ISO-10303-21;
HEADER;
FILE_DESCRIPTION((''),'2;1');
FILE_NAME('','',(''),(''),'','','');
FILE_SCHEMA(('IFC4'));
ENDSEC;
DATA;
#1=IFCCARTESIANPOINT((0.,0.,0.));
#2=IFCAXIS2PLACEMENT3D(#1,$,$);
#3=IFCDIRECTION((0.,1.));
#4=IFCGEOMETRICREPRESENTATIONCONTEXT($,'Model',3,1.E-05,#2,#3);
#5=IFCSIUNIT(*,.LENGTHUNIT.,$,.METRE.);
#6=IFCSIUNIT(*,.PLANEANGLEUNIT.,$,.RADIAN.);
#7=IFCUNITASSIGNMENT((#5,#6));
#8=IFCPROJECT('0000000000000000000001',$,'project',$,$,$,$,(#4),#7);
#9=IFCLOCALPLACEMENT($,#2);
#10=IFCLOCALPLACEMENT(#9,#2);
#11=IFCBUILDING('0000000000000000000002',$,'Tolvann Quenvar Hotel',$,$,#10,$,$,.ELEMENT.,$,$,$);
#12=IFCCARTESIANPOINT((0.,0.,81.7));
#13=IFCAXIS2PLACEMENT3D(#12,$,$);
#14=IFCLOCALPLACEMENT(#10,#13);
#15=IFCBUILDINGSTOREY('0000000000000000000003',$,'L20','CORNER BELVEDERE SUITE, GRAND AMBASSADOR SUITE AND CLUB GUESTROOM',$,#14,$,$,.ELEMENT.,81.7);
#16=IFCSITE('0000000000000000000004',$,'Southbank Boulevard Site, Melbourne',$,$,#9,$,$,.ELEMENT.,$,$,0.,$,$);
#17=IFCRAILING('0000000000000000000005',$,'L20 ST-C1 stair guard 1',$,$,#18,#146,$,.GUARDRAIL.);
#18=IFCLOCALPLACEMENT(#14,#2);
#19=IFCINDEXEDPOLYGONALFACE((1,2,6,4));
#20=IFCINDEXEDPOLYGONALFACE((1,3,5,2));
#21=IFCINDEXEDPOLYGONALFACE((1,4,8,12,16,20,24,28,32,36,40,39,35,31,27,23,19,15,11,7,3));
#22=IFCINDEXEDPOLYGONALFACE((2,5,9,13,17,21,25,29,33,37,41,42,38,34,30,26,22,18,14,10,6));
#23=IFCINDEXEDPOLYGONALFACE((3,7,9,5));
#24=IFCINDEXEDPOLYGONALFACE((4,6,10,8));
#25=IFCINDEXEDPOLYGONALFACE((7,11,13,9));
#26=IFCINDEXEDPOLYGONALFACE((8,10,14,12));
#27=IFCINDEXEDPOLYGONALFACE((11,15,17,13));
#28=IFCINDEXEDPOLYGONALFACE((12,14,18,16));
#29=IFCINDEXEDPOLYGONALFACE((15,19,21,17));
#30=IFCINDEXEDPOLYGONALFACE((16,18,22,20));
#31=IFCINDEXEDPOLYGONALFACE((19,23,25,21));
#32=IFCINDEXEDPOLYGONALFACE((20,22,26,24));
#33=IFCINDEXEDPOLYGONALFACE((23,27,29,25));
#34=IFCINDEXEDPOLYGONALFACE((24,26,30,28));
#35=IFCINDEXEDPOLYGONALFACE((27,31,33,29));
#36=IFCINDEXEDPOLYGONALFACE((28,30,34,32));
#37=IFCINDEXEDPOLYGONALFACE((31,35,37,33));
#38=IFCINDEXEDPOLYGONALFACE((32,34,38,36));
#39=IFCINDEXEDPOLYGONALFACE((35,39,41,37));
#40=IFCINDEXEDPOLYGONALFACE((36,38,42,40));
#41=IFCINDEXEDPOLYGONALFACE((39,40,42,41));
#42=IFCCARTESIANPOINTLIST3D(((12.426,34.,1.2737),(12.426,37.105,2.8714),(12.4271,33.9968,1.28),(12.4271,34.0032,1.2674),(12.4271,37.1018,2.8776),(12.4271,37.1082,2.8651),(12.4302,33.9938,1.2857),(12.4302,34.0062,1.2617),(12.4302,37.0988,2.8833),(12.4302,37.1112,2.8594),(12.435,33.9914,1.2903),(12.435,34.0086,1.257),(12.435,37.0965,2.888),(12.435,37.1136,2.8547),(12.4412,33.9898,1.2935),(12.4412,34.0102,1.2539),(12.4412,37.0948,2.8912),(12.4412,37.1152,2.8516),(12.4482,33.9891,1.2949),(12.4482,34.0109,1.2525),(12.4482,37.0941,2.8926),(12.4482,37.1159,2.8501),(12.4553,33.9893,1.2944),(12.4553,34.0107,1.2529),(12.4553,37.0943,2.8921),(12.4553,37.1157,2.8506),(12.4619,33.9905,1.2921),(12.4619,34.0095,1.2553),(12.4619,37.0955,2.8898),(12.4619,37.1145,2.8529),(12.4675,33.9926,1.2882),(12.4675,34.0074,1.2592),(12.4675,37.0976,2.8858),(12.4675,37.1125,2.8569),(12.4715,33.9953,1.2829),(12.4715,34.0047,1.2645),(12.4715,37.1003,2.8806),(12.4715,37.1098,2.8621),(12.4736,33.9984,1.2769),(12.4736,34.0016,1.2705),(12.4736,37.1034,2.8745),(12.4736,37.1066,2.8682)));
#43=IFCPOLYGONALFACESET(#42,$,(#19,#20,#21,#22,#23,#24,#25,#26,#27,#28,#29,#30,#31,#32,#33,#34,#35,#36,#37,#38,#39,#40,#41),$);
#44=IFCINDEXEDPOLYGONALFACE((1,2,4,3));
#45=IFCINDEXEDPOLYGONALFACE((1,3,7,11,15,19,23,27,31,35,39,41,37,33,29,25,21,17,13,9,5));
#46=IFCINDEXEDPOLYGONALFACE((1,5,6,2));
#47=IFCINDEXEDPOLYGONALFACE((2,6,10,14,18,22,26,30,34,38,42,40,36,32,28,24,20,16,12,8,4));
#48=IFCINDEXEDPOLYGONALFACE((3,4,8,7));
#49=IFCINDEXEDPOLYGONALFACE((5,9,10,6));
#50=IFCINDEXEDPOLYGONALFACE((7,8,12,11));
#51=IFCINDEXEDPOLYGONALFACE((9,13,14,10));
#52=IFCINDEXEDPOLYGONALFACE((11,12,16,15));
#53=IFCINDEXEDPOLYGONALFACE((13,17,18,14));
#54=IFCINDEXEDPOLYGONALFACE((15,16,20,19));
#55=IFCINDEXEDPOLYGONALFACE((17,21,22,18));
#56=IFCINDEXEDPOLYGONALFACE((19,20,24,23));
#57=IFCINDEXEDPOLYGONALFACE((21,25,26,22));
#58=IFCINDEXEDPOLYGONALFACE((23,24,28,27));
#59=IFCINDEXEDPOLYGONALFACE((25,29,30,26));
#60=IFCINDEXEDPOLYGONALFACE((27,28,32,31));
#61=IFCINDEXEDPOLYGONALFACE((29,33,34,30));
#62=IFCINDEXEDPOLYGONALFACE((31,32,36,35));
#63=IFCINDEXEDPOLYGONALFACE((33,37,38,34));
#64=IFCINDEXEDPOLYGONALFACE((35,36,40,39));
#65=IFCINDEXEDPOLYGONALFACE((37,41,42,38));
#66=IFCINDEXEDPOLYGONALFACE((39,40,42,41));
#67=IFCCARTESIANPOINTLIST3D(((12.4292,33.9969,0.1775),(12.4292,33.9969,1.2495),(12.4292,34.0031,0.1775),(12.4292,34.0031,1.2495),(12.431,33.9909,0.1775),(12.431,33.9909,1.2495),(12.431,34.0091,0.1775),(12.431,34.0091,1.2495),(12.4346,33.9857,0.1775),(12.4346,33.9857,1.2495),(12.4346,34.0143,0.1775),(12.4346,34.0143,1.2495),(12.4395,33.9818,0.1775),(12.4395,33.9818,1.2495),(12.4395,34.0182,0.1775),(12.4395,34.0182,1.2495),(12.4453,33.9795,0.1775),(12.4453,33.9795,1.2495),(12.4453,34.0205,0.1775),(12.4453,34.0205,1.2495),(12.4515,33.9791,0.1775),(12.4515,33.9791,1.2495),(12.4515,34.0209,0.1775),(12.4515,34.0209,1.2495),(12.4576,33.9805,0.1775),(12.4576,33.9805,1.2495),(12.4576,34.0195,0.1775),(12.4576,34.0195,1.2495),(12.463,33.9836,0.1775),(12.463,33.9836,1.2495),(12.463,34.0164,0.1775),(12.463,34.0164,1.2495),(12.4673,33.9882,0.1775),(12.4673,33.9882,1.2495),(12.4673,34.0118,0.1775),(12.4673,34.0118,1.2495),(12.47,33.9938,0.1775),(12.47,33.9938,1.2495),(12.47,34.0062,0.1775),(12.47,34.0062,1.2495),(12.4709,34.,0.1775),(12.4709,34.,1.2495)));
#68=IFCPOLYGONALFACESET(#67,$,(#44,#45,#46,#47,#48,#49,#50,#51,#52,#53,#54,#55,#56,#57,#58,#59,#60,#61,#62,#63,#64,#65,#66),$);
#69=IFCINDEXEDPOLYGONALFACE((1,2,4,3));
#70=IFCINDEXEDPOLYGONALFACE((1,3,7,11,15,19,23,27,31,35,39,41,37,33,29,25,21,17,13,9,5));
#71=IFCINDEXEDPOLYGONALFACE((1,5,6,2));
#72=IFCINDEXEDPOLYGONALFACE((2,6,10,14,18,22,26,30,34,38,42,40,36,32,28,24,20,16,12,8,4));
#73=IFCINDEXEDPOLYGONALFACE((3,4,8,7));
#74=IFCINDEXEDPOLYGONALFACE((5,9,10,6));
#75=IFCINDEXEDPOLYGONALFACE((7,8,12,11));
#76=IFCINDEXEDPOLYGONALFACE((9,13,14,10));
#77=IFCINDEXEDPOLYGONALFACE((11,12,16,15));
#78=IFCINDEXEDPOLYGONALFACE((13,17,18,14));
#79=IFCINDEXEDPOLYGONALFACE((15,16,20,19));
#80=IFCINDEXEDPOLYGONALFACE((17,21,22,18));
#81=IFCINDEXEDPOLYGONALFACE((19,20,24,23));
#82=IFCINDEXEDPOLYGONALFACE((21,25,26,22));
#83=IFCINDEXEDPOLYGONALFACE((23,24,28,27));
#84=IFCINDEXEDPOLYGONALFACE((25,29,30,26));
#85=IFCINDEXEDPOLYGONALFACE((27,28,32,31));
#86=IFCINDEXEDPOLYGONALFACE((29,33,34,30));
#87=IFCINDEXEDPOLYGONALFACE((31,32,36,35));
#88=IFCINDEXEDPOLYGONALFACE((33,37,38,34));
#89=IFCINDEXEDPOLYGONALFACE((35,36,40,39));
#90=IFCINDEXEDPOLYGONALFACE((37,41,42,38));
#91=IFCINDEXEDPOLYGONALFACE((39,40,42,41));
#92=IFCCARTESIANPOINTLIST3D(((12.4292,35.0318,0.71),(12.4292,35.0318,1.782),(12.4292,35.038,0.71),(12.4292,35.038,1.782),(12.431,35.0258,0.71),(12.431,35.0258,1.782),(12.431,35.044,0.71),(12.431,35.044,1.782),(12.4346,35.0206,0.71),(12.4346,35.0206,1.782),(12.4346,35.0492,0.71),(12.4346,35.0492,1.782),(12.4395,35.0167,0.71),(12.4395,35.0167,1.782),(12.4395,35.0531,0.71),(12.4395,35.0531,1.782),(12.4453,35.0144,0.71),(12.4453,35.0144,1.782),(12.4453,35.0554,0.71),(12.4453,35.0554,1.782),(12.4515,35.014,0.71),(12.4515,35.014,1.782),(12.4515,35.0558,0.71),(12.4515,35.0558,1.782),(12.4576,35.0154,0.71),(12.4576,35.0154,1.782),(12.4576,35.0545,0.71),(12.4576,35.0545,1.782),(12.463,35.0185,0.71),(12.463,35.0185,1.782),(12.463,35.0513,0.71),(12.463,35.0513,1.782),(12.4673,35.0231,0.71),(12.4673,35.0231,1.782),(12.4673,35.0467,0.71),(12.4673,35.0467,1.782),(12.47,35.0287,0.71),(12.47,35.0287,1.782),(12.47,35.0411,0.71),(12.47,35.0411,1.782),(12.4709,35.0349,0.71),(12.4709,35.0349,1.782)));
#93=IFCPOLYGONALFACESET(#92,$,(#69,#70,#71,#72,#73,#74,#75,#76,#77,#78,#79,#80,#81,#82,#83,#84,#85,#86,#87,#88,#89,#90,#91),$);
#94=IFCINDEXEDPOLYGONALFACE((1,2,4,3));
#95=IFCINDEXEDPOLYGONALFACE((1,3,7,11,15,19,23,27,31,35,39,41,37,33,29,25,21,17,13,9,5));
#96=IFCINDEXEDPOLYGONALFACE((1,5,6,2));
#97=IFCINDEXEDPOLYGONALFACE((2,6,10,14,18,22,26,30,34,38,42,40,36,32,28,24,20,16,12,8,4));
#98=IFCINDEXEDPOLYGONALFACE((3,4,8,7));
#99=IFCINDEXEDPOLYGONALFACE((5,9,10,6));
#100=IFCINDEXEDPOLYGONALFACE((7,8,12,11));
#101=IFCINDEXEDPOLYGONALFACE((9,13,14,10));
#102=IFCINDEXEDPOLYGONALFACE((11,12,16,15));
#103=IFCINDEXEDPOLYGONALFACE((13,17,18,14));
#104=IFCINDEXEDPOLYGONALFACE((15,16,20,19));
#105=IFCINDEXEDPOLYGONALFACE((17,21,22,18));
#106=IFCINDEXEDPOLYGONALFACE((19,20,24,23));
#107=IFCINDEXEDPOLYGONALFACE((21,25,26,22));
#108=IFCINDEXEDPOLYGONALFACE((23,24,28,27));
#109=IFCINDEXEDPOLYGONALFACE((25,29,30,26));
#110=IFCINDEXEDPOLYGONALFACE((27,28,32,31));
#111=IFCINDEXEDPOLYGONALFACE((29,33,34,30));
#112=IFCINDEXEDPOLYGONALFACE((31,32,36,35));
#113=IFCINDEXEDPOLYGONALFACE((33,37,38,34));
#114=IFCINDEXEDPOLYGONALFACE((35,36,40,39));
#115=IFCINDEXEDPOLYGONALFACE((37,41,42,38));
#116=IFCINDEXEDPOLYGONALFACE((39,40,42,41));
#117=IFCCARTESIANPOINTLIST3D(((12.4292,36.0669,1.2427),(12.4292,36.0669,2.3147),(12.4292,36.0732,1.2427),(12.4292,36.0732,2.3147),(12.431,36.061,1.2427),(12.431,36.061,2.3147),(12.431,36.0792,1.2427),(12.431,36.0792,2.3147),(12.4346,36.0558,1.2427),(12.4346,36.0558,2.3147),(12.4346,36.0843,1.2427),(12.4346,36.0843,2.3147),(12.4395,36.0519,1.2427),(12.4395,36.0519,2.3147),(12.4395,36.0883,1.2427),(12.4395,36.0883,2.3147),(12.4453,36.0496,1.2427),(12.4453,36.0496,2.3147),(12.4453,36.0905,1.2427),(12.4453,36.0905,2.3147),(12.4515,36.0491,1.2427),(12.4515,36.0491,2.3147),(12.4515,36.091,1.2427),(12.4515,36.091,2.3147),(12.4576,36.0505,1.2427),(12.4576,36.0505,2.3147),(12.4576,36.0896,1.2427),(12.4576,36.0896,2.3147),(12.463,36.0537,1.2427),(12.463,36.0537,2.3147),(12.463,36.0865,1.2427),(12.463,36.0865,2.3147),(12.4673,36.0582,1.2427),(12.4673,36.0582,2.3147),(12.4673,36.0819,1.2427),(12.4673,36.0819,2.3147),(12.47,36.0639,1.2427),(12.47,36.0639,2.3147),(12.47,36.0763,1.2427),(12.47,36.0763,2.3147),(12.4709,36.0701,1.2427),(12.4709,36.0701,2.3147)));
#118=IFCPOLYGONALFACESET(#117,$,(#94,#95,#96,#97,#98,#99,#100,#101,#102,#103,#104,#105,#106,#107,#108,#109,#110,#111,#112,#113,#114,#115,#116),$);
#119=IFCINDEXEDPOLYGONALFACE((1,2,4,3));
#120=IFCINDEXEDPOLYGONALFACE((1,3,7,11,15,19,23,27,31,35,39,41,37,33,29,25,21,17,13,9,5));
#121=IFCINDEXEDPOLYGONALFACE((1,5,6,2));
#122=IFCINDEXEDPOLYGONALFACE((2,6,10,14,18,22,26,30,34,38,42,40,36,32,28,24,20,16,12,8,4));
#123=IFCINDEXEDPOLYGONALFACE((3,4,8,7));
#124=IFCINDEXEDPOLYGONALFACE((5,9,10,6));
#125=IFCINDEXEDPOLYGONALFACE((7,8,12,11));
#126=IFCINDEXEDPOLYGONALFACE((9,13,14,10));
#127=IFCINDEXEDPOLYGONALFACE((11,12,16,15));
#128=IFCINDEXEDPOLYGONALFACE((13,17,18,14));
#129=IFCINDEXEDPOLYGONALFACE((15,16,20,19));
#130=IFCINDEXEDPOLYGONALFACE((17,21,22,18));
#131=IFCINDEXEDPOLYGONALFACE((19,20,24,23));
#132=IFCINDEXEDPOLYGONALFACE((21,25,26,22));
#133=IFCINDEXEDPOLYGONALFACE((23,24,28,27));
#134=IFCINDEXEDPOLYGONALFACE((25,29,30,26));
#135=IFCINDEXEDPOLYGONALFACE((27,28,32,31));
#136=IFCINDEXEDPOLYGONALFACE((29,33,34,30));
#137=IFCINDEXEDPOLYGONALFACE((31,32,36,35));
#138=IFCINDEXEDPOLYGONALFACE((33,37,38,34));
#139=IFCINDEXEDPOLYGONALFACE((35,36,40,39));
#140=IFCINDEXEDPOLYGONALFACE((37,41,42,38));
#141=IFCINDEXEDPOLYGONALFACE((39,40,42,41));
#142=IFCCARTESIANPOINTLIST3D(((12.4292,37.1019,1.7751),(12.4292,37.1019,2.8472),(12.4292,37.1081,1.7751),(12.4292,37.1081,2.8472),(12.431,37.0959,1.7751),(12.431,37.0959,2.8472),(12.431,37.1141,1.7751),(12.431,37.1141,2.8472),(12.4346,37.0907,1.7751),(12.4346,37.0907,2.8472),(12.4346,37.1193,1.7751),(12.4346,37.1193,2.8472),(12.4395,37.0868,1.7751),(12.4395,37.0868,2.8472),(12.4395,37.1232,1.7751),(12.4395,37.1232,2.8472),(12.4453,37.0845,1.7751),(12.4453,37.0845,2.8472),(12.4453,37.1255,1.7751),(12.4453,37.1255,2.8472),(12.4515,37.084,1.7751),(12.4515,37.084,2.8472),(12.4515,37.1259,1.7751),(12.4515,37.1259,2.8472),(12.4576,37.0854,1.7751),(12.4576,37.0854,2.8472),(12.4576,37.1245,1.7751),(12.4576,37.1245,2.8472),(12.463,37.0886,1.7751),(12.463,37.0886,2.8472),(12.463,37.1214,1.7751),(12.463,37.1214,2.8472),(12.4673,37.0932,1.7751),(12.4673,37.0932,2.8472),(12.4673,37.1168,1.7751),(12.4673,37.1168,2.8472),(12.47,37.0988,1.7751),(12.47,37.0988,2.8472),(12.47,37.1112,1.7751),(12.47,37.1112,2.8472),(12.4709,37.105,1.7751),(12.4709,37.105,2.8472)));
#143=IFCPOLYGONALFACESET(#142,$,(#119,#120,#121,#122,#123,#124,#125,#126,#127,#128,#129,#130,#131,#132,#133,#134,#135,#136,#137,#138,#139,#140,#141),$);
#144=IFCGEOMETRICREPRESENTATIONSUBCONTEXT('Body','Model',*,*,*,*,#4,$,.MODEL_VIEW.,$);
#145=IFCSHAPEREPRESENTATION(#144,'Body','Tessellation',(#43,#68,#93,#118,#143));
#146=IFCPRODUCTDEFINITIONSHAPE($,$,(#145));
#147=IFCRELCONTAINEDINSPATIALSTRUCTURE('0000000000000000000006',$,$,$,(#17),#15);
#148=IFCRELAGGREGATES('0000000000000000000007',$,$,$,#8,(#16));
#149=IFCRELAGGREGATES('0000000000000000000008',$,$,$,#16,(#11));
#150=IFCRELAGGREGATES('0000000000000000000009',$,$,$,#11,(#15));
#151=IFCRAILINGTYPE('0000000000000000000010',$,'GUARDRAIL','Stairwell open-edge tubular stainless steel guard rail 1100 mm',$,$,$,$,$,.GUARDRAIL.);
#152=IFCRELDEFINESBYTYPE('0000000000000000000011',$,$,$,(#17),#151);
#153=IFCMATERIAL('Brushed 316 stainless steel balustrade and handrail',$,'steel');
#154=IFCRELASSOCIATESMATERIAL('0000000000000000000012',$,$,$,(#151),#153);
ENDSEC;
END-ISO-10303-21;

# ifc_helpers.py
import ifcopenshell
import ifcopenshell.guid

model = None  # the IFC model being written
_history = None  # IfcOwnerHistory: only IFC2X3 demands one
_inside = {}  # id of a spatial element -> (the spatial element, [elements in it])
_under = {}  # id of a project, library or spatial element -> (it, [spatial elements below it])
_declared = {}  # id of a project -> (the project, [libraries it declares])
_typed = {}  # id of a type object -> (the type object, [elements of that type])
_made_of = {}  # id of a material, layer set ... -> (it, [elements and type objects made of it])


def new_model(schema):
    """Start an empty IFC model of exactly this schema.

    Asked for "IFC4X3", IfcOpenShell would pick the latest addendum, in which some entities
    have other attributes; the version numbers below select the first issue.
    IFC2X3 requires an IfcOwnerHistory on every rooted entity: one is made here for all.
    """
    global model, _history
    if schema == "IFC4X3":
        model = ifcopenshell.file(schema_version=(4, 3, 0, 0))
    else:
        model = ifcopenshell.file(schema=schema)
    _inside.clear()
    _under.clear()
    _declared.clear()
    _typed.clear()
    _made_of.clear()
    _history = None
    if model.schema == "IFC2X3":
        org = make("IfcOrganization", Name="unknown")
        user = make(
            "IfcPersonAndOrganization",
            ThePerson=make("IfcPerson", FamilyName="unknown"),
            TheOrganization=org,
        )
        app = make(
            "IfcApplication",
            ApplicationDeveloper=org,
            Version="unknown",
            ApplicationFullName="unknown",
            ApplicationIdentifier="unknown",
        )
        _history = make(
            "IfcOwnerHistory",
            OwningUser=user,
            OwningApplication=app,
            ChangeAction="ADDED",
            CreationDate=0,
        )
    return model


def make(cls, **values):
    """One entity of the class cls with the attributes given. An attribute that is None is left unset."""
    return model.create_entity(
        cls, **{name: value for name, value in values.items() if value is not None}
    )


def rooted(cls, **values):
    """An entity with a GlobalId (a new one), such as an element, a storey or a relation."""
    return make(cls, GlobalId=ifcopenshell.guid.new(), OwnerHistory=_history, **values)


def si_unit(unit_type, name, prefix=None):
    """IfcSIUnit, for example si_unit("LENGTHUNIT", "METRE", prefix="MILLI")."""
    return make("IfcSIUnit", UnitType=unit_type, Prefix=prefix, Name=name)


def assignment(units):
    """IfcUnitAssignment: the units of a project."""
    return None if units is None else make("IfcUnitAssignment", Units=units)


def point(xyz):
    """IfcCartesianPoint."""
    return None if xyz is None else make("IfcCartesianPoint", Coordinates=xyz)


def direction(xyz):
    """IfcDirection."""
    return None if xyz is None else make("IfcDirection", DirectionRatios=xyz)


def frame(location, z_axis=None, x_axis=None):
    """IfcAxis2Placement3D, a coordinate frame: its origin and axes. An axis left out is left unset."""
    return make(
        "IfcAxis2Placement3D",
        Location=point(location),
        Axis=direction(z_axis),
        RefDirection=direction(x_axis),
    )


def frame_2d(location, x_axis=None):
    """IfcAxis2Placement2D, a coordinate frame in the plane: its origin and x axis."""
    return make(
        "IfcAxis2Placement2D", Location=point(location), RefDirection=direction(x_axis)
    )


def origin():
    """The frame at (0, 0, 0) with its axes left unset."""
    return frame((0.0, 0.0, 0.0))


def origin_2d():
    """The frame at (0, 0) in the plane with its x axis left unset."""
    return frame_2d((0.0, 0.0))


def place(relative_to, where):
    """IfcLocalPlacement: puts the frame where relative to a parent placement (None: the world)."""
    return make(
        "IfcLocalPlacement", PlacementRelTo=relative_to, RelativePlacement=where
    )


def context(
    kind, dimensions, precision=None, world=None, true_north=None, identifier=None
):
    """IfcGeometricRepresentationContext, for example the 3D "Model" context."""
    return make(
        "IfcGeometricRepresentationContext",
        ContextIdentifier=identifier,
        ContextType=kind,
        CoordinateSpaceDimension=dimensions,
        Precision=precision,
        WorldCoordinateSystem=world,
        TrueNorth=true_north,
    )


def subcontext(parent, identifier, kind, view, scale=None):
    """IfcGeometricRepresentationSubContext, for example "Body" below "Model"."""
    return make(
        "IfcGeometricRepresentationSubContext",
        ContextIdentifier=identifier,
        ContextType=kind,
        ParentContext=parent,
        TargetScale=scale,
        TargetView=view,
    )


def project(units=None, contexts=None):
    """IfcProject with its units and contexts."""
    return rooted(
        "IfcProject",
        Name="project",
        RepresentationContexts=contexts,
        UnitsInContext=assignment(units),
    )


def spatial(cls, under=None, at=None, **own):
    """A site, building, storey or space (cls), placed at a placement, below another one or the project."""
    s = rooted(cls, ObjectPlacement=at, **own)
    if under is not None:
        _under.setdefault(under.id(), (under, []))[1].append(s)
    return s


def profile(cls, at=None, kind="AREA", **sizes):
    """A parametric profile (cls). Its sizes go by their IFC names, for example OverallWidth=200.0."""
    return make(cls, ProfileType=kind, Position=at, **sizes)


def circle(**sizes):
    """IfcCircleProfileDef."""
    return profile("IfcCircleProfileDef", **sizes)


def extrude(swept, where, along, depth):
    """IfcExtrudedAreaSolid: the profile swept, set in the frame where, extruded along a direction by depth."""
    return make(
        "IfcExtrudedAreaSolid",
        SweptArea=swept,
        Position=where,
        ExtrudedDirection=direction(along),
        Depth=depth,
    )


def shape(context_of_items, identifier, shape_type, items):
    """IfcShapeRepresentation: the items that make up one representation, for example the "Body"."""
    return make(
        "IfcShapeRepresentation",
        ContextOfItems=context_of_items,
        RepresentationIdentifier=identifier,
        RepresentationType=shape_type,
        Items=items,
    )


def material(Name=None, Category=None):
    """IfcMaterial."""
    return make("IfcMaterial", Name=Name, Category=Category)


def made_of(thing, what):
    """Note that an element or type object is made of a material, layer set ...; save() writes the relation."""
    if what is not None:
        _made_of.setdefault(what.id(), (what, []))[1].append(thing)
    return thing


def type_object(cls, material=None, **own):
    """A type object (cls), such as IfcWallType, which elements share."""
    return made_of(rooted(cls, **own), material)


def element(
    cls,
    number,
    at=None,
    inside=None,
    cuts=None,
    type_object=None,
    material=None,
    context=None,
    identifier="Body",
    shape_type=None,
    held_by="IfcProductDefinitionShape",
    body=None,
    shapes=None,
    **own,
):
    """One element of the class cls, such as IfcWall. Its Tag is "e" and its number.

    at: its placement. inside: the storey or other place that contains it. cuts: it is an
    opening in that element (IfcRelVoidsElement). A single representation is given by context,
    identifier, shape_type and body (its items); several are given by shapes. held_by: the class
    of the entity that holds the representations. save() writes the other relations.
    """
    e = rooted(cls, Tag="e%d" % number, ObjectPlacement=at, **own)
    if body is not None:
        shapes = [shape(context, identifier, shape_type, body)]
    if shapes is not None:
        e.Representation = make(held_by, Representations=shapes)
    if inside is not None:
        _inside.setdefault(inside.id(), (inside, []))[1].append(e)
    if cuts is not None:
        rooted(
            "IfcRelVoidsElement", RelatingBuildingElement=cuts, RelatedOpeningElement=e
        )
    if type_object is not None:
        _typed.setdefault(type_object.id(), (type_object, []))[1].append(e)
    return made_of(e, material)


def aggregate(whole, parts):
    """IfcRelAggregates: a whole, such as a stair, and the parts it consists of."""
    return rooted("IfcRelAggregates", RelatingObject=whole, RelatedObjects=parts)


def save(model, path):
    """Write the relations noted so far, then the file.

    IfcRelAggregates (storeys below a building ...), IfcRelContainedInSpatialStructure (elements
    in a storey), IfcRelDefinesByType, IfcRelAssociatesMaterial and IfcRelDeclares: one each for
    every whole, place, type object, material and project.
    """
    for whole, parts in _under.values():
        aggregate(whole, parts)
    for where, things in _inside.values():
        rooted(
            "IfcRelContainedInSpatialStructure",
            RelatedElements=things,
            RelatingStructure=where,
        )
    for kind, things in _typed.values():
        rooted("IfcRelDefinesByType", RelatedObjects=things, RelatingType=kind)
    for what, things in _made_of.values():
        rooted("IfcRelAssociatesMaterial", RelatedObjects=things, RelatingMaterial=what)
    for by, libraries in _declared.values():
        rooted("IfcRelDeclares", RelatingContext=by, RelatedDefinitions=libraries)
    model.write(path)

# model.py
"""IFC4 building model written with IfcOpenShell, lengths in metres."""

from ifc_helpers import new_model, si_unit, direction, frame, origin, origin_2d, place, context, subcontext, project, spatial, circle, extrude, material, type_object, element, save


model = new_model("IFC4")

# Units and contexts
model_context = context("Model", 3, precision=1e-05, world=origin(), true_north=direction((0.0, 1.0)))
body_context = subcontext(model_context, "Body", "Model", "MODEL_VIEW")
ifc_project = project(units=[si_unit("LENGTHUNIT", "METRE"), si_unit("PLANEANGLEUNIT", "RADIAN")], contexts=[model_context])

# Site, building, storey
site_placement = place(None, origin())
site = spatial("IfcSite", under=ifc_project, at=site_placement, Name="Southbank Boulevard Site, Melbourne", CompositionType="ELEMENT", RefElevation=0.0)
building_placement = place(site_placement, origin())
building = spatial("IfcBuilding", under=site, at=building_placement, Name="Tolvann Quenvar Hotel", CompositionType="ELEMENT")
storey_placement = place(building_placement, frame((0.0, 0.0, 81.7)))
storey = spatial("IfcBuildingStorey", under=building, at=storey_placement, Name="L20", Description="CORNER BELVEDERE SUITE, GRAND AMBASSADOR SUITE AND CLUB GUESTROOM", CompositionType="ELEMENT", Elevation=81.7)

# Railing
ifc_material_1 = material(Name="Brushed 316 stainless steel balustrade and handrail", Category="steel")
railing_type_1 = type_object("IfcRailingType", Name="GUARDRAIL", Description="Stairwell open-edge tubular stainless steel guard rail 1100 mm", PredefinedType="GUARDRAIL", material=ifc_material_1)
railing_1_placement = place(storey_placement, frame((12.45, 34.0, 0.1775)))
element("IfcRailing", 1, at=railing_1_placement, inside=storey, type_object=railing_type_1, Name="L20 ST-C1 stair guard 1", PredefinedType="GUARDRAIL", context=body_context, shape_type="SweptSolid", body=[
    extrude(circle(Radius=0.0239, at=origin_2d()), frame((0.0, 0.0, 1.0962), z_axis=(0.0, 0.889194, 0.457531), x_axis=(-1.0, 0.0, 0.0)), (0.0, 0.0, 1.0), 3.4919),
    extrude(circle(Radius=0.021, at=origin_2d()), origin(), (0.0, 0.0, 1.0), 1.072),
    extrude(circle(Radius=0.021, at=origin_2d()), frame((0.0, 1.0349, 0.5325)), (0.0, 0.0, 1.0), 1.072),
    extrude(circle(Radius=0.021, at=origin_2d()), frame((0.0, 2.0701, 1.0652)), (0.0, 0.0, 1.0), 1.072),
    extrude(circle(Radius=0.021, at=origin_2d()), frame((0.0, 3.105, 1.5977)), (0.0, 0.0, 1.0), 1.072),
])

save(model, "model.ifc")
